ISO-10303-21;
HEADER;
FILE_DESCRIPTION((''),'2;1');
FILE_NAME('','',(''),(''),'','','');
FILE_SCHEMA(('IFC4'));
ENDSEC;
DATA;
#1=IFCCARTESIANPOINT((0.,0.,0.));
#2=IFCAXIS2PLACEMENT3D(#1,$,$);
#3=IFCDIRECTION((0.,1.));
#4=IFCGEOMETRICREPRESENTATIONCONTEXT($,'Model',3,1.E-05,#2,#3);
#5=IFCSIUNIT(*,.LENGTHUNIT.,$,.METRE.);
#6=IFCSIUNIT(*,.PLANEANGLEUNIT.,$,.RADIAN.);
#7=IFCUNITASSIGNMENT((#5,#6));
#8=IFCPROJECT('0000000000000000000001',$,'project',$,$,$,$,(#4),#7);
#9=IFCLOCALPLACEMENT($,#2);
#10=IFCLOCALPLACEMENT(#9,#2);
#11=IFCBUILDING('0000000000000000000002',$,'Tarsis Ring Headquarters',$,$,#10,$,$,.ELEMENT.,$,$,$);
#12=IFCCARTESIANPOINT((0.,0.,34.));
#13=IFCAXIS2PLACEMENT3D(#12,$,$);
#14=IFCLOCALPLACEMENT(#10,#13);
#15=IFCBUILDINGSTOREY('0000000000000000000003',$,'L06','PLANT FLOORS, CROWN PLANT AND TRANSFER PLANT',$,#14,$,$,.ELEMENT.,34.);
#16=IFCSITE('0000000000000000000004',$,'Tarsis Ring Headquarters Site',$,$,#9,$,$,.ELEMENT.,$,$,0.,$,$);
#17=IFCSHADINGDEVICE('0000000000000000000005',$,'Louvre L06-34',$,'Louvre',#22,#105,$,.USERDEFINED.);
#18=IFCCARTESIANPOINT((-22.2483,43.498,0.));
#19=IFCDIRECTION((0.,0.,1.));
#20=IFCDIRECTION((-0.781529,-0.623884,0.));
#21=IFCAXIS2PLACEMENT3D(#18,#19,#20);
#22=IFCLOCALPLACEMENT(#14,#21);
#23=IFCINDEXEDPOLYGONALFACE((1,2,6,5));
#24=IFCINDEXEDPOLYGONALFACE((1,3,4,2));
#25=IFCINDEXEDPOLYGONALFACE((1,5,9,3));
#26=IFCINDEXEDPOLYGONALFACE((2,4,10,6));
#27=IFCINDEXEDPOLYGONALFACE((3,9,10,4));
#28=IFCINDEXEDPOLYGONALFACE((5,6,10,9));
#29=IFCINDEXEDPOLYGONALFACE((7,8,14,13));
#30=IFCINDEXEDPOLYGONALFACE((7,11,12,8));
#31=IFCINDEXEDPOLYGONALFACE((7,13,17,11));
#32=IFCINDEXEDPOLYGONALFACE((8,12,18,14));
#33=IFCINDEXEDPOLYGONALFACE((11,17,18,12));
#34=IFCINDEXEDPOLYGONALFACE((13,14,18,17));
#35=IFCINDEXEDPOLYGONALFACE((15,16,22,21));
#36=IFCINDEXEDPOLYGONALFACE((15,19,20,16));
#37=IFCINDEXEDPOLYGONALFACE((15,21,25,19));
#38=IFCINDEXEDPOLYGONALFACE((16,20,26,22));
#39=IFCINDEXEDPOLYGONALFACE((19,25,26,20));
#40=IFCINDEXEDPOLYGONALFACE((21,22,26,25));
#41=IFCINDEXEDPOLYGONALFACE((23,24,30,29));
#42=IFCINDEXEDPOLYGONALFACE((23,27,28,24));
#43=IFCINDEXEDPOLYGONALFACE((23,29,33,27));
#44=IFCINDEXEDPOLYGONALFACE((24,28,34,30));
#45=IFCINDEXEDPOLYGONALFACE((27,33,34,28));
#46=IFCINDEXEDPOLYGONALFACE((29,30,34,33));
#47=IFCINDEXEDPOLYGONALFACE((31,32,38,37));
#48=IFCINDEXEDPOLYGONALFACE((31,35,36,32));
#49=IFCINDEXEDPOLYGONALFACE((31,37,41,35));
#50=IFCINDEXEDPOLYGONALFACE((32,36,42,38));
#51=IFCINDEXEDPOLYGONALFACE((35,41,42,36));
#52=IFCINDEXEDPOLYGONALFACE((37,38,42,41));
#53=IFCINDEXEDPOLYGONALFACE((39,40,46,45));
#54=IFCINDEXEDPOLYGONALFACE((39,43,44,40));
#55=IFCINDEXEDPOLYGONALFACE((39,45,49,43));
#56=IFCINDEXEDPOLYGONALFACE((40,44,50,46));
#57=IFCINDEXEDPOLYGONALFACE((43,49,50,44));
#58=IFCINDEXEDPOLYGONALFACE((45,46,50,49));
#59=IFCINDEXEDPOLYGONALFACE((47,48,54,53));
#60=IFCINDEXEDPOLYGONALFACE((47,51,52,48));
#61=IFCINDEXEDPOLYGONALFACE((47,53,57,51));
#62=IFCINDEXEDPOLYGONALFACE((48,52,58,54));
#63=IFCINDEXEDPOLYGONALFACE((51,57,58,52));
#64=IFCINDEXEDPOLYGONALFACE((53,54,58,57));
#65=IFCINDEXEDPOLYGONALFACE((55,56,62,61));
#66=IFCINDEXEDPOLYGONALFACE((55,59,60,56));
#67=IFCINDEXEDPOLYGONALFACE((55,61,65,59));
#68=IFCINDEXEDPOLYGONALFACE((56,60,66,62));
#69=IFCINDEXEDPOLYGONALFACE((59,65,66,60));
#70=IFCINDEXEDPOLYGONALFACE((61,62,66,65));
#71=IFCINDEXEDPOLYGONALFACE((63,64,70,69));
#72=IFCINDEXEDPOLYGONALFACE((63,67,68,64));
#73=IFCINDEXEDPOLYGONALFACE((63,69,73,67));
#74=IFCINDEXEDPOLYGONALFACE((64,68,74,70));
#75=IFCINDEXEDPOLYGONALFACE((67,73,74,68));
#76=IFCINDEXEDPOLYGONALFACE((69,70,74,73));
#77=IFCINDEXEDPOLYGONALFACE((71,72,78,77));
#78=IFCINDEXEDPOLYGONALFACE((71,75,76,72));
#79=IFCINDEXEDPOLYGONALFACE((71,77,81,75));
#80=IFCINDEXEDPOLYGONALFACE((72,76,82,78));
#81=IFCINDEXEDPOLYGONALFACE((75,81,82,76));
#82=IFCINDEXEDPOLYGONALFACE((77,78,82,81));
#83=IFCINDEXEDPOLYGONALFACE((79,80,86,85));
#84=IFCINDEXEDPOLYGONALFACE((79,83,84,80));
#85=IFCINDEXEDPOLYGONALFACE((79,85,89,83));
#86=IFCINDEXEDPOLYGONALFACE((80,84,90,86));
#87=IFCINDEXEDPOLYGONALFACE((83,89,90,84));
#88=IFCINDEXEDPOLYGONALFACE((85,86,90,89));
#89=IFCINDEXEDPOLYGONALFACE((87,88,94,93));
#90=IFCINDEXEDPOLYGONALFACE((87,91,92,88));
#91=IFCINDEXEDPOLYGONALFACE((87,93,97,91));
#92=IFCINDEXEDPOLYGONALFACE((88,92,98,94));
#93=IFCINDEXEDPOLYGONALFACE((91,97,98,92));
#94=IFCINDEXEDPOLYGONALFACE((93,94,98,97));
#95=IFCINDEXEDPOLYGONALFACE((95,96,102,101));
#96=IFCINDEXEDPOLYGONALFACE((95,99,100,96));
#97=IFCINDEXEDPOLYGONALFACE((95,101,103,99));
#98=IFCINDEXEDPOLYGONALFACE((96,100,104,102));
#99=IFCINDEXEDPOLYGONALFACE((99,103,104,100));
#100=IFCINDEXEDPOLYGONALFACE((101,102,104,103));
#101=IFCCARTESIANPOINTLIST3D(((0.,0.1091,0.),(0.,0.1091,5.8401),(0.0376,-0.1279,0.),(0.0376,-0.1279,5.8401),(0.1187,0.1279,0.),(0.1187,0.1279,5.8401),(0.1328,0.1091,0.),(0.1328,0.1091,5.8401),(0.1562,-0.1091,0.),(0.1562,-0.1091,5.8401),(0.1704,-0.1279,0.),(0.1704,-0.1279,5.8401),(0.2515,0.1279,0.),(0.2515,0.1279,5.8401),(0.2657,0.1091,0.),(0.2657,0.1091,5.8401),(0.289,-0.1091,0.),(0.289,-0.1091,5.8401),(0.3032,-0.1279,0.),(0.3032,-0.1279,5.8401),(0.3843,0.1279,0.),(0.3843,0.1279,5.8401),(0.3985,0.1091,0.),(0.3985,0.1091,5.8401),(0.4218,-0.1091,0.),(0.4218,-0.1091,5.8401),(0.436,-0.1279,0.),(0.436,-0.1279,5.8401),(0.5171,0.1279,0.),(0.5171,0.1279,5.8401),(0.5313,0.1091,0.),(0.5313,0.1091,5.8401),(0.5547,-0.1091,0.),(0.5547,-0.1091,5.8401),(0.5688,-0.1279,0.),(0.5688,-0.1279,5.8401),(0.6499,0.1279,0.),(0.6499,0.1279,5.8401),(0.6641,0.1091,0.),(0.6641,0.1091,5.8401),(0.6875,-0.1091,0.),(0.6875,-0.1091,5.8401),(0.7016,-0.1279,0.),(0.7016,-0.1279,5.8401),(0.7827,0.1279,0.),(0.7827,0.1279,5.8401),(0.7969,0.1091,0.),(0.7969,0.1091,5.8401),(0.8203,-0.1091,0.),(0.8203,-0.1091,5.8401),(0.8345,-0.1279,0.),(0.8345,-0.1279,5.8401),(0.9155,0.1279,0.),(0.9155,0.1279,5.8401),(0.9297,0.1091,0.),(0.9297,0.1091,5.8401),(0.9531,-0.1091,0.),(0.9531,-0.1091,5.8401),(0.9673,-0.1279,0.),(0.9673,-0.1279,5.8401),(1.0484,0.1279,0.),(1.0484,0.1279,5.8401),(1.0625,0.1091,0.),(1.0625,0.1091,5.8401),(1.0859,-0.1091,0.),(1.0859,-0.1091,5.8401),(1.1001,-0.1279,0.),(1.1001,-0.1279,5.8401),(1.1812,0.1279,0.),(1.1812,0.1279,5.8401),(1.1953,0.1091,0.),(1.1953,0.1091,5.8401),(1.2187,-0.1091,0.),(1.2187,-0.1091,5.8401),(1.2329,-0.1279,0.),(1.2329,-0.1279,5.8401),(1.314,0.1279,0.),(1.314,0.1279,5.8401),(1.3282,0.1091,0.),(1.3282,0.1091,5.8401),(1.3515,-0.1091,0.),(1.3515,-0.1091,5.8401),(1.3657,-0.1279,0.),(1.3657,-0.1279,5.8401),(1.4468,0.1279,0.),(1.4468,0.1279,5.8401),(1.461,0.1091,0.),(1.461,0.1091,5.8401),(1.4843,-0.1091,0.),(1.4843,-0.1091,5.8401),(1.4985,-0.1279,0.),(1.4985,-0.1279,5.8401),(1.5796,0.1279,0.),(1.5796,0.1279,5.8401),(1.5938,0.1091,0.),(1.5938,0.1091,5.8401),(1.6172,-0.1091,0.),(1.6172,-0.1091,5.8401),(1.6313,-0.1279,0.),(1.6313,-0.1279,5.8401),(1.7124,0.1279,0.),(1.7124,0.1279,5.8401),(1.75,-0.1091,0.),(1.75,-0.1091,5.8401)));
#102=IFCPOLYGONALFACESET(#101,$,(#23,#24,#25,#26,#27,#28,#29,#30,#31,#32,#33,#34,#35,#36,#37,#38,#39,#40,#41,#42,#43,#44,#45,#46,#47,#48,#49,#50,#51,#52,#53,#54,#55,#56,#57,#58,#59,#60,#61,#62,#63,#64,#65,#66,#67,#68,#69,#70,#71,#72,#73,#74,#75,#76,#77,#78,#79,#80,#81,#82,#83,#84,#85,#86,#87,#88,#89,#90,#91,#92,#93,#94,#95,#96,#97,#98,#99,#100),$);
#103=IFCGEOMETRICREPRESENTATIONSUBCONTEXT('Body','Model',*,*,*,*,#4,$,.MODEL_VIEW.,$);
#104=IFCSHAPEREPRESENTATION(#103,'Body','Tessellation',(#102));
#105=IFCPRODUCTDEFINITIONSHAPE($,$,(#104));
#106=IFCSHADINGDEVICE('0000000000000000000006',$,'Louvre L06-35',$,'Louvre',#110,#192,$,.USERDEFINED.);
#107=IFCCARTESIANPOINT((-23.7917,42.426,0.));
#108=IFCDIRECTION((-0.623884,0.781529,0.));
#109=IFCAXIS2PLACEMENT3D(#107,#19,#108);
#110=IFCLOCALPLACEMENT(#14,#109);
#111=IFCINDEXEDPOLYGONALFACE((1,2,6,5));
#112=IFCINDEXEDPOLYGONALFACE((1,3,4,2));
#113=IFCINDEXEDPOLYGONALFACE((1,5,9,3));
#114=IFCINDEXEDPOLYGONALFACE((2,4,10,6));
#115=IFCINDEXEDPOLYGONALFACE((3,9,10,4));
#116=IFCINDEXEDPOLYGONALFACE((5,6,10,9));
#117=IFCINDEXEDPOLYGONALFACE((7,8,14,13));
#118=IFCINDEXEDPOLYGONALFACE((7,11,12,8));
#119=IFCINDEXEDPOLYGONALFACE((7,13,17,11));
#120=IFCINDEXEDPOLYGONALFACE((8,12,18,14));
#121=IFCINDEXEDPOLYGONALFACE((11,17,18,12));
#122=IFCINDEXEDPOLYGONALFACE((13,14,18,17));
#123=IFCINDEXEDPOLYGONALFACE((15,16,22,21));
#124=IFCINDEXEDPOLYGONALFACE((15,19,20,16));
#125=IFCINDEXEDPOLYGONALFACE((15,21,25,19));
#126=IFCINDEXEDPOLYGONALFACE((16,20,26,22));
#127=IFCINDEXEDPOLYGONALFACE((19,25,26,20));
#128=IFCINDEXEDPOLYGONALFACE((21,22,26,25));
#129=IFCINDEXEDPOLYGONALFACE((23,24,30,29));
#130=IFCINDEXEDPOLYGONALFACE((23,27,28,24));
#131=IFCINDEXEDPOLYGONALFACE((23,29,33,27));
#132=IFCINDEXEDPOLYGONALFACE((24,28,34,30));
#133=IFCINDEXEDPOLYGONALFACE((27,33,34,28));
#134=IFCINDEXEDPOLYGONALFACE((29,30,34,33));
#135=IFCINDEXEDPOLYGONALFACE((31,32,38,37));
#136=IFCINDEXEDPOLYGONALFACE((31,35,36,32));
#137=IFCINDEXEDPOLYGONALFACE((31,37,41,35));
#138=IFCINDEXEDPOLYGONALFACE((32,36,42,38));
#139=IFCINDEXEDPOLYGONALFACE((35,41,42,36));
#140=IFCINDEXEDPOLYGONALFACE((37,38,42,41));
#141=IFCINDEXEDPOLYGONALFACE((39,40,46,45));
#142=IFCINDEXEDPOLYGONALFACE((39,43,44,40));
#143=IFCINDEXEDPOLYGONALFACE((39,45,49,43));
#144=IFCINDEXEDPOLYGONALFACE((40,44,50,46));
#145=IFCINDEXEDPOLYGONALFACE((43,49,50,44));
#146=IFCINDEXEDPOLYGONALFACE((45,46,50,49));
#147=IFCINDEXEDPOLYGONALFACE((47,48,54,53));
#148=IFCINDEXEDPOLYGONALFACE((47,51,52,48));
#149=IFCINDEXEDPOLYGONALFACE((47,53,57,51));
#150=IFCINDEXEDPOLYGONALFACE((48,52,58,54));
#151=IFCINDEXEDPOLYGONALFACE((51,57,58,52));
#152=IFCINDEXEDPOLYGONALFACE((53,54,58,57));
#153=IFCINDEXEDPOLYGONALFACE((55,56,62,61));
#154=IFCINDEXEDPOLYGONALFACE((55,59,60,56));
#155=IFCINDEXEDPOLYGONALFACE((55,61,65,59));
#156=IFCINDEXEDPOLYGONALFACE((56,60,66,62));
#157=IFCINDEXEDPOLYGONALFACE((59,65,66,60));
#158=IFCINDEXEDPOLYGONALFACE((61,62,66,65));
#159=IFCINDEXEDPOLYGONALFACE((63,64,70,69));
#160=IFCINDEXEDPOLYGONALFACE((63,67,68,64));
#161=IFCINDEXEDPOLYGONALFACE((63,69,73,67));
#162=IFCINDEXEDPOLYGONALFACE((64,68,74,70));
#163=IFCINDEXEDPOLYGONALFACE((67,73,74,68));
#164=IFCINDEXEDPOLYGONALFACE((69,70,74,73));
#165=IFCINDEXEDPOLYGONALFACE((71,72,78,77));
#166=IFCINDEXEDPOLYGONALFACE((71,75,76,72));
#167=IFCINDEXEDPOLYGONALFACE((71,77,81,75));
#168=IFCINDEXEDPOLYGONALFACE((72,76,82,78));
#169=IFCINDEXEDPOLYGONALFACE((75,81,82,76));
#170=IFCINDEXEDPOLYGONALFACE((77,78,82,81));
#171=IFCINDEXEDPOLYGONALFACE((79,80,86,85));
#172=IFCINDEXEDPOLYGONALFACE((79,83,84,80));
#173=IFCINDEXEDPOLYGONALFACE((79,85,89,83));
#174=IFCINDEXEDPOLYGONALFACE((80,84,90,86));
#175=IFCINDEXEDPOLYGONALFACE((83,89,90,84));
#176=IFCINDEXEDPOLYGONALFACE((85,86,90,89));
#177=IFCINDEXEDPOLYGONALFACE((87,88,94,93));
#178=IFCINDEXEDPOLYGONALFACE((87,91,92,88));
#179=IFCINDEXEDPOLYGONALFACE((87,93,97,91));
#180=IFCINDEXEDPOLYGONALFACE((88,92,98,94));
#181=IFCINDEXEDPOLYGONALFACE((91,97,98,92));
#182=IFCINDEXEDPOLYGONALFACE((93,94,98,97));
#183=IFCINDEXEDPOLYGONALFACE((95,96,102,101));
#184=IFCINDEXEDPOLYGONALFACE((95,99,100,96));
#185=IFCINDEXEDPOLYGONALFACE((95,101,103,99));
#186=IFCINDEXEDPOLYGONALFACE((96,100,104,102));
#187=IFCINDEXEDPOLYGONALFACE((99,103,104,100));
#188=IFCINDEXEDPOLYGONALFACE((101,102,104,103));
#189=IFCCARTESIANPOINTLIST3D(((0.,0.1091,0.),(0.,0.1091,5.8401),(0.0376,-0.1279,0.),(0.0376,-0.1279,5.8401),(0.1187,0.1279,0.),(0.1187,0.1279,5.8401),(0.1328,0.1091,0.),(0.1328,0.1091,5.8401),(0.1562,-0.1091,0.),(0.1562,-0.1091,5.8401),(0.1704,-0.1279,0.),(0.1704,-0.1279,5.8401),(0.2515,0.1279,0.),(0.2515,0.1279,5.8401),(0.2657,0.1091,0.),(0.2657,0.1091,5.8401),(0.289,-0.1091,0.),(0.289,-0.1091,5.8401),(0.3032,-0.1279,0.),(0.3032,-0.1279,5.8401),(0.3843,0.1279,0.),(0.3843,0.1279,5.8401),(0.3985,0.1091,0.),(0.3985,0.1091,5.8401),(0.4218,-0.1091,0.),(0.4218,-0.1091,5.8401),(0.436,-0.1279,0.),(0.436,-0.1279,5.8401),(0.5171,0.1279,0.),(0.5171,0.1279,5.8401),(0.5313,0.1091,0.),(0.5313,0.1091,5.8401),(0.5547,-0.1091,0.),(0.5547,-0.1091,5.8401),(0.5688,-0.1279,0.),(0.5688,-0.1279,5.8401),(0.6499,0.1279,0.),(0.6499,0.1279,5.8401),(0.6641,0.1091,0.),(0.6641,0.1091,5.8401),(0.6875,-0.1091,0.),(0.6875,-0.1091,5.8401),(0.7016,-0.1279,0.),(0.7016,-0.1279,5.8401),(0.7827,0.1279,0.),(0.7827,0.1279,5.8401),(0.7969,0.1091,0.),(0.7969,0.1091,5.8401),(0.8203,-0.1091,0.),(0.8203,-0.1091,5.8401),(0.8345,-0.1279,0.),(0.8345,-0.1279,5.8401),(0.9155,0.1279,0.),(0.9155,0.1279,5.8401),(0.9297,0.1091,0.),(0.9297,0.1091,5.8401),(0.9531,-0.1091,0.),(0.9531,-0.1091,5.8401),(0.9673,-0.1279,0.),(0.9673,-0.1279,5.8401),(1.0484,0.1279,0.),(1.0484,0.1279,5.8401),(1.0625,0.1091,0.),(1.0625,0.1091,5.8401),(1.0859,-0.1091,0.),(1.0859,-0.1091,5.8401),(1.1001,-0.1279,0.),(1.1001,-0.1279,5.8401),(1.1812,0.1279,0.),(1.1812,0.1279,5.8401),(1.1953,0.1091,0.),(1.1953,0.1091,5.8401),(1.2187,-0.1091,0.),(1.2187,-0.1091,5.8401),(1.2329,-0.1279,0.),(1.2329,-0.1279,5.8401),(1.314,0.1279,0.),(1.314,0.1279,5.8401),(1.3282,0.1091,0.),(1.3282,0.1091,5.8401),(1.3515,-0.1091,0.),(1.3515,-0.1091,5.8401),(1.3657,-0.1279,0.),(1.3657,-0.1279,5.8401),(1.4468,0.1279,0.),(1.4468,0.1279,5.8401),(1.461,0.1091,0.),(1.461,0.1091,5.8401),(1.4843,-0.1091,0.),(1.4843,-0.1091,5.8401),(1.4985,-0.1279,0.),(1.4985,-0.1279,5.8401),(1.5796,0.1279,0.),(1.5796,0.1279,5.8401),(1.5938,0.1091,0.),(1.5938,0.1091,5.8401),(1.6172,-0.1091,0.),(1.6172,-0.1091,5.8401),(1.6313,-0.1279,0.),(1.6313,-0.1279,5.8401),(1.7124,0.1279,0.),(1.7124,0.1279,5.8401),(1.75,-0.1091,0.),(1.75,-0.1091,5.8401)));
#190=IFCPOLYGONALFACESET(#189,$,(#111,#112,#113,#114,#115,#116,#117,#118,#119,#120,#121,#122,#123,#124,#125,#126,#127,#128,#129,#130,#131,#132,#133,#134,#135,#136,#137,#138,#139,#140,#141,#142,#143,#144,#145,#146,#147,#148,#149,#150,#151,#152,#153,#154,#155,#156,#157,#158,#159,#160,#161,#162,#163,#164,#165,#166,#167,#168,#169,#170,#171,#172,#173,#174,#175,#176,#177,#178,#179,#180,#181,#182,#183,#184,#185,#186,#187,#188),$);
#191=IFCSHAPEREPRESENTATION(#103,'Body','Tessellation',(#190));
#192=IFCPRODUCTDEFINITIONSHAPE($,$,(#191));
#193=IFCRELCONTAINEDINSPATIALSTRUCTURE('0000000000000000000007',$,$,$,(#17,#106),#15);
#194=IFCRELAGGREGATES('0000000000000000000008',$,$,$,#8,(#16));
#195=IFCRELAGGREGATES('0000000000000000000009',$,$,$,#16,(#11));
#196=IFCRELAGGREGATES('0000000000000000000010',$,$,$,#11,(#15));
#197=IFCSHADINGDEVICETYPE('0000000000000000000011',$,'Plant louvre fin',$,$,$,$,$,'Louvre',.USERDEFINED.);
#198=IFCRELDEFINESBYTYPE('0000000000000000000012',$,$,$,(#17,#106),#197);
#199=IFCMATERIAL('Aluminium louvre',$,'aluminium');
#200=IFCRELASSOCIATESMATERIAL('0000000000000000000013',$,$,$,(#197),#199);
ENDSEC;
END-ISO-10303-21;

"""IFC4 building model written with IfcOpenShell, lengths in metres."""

from ifc_helpers import new_model, si_unit, direction, frame, frame_2d, origin, place, context, subcontext, project, spatial, rectangle, composite_profile, extrude, material, type_object, element, save


model = new_model("IFC4")

# Units and contexts
model_context = context("Model", 3, precision=1e-05, world=origin(), true_north=direction((0.0, 1.0)))
body_context = subcontext(model_context, "Body", "Model", "MODEL_VIEW")
ifc_project = project(units=[si_unit("LENGTHUNIT", "METRE"), si_unit("PLANEANGLEUNIT", "RADIAN")], contexts=[model_context])

# Site, building, storey
site_placement = place(None, origin())
site = spatial("IfcSite", under=ifc_project, at=site_placement, Name="Tarsis Ring Headquarters Site", CompositionType="ELEMENT", RefElevation=0.0)
building_placement = place(site_placement, origin())
building = spatial("IfcBuilding", under=site, at=building_placement, Name="Tarsis Ring Headquarters", CompositionType="ELEMENT")
storey_placement = place(building_placement, frame((0.0, 0.0, 34.0)))
storey = spatial("IfcBuildingStorey", under=building, at=storey_placement, Name="L06", Description="PLANT FLOORS, CROWN PLANT AND TRANSFER PLANT", CompositionType="ELEMENT", Elevation=34.0)

# Shading devices
ifc_material_1 = material(Name="Aluminium louvre", Category="aluminium")
shading_device_type_1 = type_object("IfcShadingDeviceType", Name="Plant louvre fin", ElementType="Louvre", PredefinedType="USERDEFINED", material=ifc_material_1)
for number, where, z_axis, x_axis, name in (
    (1, (-22.2483, 43.498, 0.0), (0.0, 0.0, 1.0), (-0.781529, -0.623884, 0.0), "Louvre L06-34"),
    (2, (-23.7917, 42.426, 0.0), (0.0, 0.0, 1.0), (-0.623884, 0.781529, 0.0), "Louvre L06-35"),
):
    element("IfcShadingDevice", number, at=place(storey_placement, frame(where, z_axis=z_axis, x_axis=x_axis)), inside=storey, type_object=shading_device_type_1, Name=name, ObjectType="Louvre", PredefinedType="USERDEFINED", context=body_context, shape_type="SweptSolid", body=[
        extrude(composite_profile([rectangle(XDim=0.1201, YDim=0.24, at=frame_2d((0.0781, 0.0), x_axis=(0.987688, 0.156434))), rectangle(XDim=0.1201, YDim=0.24, at=frame_2d((0.2109, 0.0), x_axis=(0.987688, 0.156434))), rectangle(XDim=0.1201, YDim=0.24, at=frame_2d((0.3438, 0.0), x_axis=(0.987688, 0.156434))), rectangle(XDim=0.1201, YDim=0.24, at=frame_2d((0.4766, 0.0), x_axis=(0.987688, 0.156434))), rectangle(XDim=0.1201, YDim=0.24, at=frame_2d((0.6094, 0.0), x_axis=(0.987688, 0.156434))), rectangle(XDim=0.1201, YDim=0.24, at=frame_2d((0.7422, 0.0), x_axis=(0.987688, 0.156434))), rectangle(XDim=0.1201, YDim=0.24, at=frame_2d((0.875, 0.0), x_axis=(0.987688, 0.156434))), rectangle(XDim=0.1201, YDim=0.24, at=frame_2d((1.0078, 0.0), x_axis=(0.987688, 0.156434))), rectangle(XDim=0.1201, YDim=0.24, at=frame_2d((1.1406, 0.0), x_axis=(0.987688, 0.156434))), rectangle(XDim=0.1201, YDim=0.24, at=frame_2d((1.2734, 0.0), x_axis=(0.987688, 0.156434))), rectangle(XDim=0.1201, YDim=0.24, at=frame_2d((1.4062, 0.0), x_axis=(0.987688, 0.156434))), rectangle(XDim=0.1201, YDim=0.24, at=frame_2d((1.5391, 0.0), x_axis=(0.987688, 0.156434))), rectangle(XDim=0.1201, YDim=0.24, at=frame_2d((1.6719, 0.0), x_axis=(0.987688, 0.156434)))]), origin(), (0.0, 0.0, 1.0), 5.8401),
    ])

save(model, "model.ifc")
